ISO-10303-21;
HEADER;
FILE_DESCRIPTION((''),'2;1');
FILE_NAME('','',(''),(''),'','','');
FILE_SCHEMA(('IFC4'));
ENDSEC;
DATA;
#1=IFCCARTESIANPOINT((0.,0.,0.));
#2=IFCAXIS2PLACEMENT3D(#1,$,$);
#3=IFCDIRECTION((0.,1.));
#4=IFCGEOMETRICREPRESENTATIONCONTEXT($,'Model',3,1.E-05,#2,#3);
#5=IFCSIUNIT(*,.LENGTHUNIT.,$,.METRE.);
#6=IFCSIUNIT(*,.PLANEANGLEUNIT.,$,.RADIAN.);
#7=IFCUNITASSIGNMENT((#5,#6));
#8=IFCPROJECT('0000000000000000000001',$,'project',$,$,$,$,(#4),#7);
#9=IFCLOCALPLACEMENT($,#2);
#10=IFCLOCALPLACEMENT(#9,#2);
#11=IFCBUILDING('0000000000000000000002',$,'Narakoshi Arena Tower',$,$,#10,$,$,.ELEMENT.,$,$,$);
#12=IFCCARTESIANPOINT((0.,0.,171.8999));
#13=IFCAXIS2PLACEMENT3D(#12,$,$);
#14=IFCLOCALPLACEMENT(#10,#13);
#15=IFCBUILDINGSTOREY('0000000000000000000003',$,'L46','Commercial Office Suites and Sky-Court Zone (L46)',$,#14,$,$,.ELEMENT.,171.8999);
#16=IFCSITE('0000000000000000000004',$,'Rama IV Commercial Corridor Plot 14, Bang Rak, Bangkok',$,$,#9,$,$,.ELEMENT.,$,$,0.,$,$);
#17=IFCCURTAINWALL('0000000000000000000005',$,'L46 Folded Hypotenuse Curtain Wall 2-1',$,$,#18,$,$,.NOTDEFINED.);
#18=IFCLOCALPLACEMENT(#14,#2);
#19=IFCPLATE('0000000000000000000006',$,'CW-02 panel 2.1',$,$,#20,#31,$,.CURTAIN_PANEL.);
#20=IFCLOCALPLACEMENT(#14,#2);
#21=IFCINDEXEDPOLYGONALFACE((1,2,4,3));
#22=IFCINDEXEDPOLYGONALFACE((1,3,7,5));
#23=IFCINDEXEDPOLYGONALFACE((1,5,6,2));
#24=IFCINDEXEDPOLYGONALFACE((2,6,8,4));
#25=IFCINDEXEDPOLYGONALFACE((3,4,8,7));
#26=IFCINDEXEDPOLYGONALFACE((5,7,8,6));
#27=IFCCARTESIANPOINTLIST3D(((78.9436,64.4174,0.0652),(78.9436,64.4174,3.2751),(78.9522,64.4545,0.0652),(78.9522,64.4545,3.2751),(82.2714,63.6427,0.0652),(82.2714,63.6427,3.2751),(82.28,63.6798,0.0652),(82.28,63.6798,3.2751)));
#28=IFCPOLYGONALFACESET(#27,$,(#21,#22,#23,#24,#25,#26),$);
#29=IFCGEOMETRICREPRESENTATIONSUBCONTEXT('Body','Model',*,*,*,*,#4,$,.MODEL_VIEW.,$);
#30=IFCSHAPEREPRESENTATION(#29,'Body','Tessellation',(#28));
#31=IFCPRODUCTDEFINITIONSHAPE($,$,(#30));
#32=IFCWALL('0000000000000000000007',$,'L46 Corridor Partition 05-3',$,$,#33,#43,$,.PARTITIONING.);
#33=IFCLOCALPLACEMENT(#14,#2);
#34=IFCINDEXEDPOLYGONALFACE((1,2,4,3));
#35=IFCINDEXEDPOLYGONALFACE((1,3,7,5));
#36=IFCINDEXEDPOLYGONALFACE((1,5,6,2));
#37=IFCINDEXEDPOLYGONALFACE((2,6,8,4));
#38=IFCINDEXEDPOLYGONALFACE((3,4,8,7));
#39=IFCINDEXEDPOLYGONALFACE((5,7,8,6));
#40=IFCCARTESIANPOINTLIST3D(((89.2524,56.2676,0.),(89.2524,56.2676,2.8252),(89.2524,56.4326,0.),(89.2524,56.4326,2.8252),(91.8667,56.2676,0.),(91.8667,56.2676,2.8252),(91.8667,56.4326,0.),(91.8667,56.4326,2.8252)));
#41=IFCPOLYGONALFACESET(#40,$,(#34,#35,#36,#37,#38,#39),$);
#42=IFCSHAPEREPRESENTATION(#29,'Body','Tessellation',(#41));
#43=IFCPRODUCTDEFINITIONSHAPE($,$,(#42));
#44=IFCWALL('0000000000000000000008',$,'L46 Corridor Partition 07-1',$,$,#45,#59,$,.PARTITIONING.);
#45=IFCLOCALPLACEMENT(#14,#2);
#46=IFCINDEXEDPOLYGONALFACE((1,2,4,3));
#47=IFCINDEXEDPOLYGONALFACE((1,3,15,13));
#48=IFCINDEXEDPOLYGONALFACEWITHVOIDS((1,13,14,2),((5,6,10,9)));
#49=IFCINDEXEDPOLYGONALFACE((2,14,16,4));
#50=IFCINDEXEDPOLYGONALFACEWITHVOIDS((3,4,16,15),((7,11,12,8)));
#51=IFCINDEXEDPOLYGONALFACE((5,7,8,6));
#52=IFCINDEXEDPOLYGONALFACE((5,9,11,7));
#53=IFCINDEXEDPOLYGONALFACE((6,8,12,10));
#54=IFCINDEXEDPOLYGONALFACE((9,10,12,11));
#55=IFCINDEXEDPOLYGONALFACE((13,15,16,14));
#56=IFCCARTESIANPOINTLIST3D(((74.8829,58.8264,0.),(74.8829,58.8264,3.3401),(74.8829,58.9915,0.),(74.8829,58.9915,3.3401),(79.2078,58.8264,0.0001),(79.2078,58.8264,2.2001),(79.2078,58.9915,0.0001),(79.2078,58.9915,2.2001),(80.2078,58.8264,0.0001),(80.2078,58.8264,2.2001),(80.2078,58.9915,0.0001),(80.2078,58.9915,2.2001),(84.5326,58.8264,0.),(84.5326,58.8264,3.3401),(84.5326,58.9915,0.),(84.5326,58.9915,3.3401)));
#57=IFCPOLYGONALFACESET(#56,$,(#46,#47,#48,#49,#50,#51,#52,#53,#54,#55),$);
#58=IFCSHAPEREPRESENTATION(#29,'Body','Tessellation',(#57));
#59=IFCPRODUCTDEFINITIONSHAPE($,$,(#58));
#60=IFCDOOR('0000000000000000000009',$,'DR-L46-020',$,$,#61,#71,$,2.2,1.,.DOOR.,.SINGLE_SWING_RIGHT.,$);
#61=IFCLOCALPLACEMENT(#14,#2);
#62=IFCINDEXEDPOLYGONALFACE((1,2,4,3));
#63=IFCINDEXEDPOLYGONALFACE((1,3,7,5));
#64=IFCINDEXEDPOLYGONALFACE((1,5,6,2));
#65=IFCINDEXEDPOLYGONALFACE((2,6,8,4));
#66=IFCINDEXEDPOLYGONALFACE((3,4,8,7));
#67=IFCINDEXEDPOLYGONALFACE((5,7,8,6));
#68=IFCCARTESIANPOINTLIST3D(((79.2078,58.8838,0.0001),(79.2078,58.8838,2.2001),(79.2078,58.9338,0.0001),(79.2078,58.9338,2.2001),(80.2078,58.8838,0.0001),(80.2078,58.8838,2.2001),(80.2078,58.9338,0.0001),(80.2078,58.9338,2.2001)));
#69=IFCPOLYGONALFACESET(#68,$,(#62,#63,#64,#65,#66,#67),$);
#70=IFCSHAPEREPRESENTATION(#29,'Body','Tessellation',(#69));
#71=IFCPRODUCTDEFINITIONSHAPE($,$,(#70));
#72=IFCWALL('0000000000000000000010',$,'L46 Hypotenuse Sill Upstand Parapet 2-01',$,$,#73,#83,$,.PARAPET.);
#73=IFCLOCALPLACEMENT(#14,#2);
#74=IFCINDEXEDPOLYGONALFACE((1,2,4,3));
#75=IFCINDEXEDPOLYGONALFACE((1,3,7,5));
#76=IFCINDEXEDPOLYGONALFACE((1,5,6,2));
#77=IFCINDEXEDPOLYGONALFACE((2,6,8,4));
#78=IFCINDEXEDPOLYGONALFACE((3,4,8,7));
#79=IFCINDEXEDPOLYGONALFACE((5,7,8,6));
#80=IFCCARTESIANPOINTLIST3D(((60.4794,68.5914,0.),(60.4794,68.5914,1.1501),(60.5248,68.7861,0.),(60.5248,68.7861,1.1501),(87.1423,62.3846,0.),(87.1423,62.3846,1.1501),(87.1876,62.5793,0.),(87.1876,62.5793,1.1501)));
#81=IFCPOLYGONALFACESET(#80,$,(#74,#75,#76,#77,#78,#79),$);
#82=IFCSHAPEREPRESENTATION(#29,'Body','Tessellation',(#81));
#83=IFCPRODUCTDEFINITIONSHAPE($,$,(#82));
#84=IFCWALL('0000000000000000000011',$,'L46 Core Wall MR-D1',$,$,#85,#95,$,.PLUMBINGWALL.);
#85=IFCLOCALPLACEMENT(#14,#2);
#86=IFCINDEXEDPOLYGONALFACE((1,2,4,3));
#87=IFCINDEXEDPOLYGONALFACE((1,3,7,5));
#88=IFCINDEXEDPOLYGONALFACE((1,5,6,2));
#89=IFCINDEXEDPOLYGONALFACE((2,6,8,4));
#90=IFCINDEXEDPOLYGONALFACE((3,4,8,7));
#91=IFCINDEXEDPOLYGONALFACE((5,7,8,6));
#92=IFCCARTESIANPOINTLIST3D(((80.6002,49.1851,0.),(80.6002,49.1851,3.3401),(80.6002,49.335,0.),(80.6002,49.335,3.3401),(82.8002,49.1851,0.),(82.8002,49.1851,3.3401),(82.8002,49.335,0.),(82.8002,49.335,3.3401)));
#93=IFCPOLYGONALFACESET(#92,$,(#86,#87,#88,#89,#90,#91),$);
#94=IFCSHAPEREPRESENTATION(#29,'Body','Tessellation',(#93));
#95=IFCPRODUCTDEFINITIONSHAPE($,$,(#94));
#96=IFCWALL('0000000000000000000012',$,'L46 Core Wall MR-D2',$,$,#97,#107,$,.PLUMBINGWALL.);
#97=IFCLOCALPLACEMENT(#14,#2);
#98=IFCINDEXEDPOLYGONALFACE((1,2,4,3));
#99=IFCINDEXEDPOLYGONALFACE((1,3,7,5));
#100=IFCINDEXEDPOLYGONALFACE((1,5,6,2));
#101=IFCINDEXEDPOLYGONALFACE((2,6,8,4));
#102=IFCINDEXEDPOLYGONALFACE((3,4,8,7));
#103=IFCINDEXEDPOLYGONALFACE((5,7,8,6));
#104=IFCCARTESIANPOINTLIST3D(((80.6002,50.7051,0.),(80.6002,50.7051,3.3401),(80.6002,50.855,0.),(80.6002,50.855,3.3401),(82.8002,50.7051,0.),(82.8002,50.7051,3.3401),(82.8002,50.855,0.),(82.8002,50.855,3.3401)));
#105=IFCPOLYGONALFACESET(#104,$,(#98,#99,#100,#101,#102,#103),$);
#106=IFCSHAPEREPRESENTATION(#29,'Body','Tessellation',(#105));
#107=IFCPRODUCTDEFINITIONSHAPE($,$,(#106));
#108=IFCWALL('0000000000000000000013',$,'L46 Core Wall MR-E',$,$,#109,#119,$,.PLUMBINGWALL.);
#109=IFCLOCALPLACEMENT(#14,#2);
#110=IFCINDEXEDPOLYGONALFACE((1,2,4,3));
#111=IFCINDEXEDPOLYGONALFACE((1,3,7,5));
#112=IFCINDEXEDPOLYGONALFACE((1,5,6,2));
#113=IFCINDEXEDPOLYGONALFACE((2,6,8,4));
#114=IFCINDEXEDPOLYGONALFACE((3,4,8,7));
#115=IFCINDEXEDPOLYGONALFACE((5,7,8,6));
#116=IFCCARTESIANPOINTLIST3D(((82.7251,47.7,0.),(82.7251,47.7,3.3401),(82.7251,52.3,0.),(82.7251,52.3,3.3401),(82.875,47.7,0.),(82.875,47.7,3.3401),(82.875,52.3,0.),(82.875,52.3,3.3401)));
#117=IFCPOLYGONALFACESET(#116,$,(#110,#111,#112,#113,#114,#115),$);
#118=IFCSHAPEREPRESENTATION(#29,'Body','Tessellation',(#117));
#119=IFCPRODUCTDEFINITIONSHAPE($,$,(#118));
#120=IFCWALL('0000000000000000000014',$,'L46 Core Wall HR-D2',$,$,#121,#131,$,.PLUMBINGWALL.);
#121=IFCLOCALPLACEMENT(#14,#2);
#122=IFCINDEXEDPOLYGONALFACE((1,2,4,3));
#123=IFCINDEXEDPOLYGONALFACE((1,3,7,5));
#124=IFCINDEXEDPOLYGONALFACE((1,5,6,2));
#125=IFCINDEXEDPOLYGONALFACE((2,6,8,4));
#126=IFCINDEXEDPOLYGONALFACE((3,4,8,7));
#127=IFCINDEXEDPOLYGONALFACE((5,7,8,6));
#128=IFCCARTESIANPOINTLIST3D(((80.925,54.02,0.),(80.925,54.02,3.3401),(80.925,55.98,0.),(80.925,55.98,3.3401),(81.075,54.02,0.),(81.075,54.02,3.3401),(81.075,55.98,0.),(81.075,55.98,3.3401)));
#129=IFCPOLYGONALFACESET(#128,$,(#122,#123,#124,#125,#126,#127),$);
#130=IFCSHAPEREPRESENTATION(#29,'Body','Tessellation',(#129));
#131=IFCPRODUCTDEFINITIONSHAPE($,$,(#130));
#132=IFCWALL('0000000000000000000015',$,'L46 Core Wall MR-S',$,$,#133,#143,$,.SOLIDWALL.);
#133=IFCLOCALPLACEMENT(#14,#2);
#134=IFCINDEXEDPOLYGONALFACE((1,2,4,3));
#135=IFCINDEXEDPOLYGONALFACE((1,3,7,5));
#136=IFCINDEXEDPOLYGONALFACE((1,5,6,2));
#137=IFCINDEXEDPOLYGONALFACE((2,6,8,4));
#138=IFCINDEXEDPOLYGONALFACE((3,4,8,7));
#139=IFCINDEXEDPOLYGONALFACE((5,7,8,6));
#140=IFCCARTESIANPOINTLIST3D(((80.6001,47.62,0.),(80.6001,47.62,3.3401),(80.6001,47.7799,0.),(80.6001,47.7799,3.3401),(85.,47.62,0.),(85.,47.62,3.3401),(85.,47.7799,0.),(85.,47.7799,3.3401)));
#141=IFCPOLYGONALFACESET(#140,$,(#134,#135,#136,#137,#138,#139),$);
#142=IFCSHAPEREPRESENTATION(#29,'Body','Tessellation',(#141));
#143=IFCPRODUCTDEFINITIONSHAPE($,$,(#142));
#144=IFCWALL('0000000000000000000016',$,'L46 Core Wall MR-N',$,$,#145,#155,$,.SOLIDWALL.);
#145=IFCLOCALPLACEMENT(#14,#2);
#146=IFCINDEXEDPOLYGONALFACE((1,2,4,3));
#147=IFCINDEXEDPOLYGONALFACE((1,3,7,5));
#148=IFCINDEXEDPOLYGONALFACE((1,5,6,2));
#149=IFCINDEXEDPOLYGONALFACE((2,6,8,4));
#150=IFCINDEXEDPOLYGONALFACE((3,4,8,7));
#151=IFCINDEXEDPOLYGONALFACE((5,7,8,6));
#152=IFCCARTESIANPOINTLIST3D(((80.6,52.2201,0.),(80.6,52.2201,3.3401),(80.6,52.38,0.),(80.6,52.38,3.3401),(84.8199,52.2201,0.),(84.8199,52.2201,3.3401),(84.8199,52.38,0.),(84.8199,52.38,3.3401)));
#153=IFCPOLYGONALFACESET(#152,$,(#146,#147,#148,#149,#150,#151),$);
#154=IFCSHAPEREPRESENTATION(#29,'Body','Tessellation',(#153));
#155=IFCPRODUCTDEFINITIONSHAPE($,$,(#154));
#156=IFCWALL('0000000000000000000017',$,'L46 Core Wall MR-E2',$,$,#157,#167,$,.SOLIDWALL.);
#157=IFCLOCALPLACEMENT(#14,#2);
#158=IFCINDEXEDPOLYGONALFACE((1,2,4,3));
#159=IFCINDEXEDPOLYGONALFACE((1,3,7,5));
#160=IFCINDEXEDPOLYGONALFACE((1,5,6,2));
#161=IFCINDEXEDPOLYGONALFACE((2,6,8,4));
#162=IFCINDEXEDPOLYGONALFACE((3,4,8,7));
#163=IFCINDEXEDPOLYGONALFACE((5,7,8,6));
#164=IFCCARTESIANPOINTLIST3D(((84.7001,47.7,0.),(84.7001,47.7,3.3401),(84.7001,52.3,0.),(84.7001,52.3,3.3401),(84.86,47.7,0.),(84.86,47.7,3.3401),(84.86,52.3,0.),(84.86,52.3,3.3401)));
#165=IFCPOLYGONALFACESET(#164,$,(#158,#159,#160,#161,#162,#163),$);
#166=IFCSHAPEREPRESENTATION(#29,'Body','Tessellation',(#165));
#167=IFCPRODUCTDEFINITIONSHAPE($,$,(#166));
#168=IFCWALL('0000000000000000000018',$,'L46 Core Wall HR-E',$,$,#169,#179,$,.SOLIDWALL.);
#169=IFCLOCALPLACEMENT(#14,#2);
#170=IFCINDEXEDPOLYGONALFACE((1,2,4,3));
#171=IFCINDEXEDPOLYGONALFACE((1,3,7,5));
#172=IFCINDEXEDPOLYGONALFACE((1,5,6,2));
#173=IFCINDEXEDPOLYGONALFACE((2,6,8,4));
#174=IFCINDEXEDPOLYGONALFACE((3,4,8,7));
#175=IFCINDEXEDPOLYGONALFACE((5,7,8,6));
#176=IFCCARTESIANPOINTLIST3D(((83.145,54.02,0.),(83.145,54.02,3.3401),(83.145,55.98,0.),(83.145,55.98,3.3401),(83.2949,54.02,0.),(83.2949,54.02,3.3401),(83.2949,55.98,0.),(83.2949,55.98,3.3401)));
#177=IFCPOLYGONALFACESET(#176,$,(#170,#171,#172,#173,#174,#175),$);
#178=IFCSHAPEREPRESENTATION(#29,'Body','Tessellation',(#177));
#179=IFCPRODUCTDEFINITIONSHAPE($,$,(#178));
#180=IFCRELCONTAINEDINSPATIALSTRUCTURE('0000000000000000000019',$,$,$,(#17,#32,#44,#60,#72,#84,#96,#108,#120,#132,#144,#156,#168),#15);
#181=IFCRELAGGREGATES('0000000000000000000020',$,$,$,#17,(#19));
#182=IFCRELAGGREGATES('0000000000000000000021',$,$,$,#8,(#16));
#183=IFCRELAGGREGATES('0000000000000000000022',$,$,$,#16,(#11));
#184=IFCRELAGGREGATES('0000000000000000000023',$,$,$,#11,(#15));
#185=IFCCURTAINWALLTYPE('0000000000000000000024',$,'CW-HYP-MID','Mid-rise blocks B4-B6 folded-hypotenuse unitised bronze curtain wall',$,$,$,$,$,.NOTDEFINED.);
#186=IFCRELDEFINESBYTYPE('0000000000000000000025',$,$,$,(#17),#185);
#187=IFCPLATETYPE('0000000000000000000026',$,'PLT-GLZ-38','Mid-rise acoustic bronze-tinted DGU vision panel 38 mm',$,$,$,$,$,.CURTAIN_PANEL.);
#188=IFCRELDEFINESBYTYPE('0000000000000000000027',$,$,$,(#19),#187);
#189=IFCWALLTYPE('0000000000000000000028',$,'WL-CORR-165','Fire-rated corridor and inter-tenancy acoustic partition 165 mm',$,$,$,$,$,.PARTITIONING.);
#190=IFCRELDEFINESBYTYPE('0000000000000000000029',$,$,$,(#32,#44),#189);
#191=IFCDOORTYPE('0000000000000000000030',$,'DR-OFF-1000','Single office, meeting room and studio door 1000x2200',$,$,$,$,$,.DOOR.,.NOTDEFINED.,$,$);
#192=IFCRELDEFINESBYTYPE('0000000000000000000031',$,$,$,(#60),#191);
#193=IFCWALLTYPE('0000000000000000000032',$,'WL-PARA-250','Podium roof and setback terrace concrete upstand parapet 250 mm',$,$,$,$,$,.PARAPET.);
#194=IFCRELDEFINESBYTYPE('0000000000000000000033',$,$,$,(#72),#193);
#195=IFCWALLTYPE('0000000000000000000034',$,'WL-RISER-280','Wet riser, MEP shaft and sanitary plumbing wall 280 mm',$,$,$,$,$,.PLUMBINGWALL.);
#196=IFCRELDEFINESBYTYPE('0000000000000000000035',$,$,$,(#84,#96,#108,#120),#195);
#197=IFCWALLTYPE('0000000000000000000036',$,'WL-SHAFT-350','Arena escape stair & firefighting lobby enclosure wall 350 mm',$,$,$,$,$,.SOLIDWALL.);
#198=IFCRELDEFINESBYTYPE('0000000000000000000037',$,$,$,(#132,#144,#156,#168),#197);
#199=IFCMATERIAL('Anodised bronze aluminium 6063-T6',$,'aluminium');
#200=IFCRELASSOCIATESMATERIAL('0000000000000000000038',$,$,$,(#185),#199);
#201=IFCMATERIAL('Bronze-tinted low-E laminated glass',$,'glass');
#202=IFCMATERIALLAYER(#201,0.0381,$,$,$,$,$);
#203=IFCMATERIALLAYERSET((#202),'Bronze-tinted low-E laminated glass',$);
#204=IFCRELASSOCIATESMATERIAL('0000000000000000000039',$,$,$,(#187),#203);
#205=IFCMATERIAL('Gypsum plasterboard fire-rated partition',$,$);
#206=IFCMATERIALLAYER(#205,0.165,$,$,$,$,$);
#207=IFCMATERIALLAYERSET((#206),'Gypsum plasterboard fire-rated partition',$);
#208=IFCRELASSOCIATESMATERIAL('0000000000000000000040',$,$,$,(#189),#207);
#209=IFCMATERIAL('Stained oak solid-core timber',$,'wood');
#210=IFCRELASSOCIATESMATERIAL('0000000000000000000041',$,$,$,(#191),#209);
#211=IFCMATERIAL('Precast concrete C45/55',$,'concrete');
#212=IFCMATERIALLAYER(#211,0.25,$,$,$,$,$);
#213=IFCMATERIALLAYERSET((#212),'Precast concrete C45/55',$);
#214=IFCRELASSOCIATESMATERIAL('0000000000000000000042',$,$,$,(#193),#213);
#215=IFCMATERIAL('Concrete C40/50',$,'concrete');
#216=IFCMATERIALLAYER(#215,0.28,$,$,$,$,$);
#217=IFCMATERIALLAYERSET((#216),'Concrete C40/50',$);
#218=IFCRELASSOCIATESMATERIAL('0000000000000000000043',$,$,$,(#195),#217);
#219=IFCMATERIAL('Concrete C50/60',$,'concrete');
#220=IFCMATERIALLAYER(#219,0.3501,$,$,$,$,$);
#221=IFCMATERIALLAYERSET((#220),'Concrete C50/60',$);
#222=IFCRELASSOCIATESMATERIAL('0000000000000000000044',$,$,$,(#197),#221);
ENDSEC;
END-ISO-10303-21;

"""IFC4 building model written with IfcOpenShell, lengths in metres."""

from ifc_helpers import new_model, si_unit, direction, frame, frame_2d, origin, origin_2d, place, context, subcontext, project, spatial, rectangle, extrude, material, layer, layer_set, type_object, element, fill, aggregate, save


model = new_model("IFC4")

# Units and contexts
model_context = context("Model", 3, precision=1e-05, world=origin(), true_north=direction((0.0, 1.0)))
body_context = subcontext(model_context, "Body", "Model", "MODEL_VIEW")
ifc_project = project(units=[si_unit("LENGTHUNIT", "METRE"), si_unit("PLANEANGLEUNIT", "RADIAN")], contexts=[model_context])

# Site, building, storey
site_placement = place(None, origin())
site = spatial("IfcSite", under=ifc_project, at=site_placement, Name="Rama IV Commercial Corridor Plot 14, Bang Rak, Bangkok", CompositionType="ELEMENT", RefElevation=0.0)
building_placement = place(site_placement, origin())
building = spatial("IfcBuilding", under=site, at=building_placement, Name="Narakoshi Arena Tower", CompositionType="ELEMENT")
storey_placement = place(building_placement, frame((0.0, 0.0, 171.8999)))
storey = spatial("IfcBuildingStorey", under=building, at=storey_placement, Name="L46", Description="Commercial Office Suites and Sky-Court Zone (L46)", CompositionType="ELEMENT", Elevation=171.8999)

# Shared definitions
ifc_material_1 = material(Name="Concrete C50/60", Category="concrete")

# Shared definitions
ifc_material_2 = material(Name="Anodised bronze aluminium 6063-T6", Category="aluminium")
curtain_wall_type = type_object("IfcCurtainWallType", Name="CW-HYP-MID", Description="Mid-rise blocks B4-B6 folded-hypotenuse unitised bronze curtain wall", PredefinedType="NOTDEFINED", material=ifc_material_2)

# Curtain wall, plate
curtain_wall_1_placement = place(storey_placement, origin())
curtain_wall_1 = element("IfcCurtainWall", 1, at=curtain_wall_1_placement, inside=storey, type_object=curtain_wall_type, Name="L46 Folded Hypotenuse Curtain Wall 2-1", PredefinedType="NOTDEFINED")
ifc_material_3 = material(Name="Bronze-tinted low-E laminated glass", Category="glass")
ifc_layer_1 = layer(ifc_material_3, 0.0381)
ifc_layer_set_1 = layer_set([ifc_layer_1], Name="Bronze-tinted low-E laminated glass")
plate_type = type_object("IfcPlateType", Name="PLT-GLZ-38", Description="Mid-rise acoustic bronze-tinted DGU vision panel 38 mm", PredefinedType="CURTAIN_PANEL", material=ifc_layer_set_1)
plate_1_placement = place(storey_placement, frame((80.6118, 64.0486, 0.0652), z_axis=(0.0, 0.0, 1.0), x_axis=(-0.97396, 0.226721, 0.0)))
plate_1 = element("IfcPlate", 2, at=plate_1_placement, type_object=plate_type, Name="CW-02 panel 2.1", PredefinedType="CURTAIN_PANEL", context=body_context, shape_type="SweptSolid", body=[
    extrude(rectangle(XDim=3.4167, YDim=0.0381, at=origin_2d()), origin(), (0.0, 0.0, 1.0), 3.21),
])
aggregate(curtain_wall_1, [plate_1])

# Wall
ifc_material_4 = material(Name="Gypsum plasterboard fire-rated partition")
ifc_layer_2 = layer(ifc_material_4, 0.165)
ifc_layer_set_2 = layer_set([ifc_layer_2], Name="Gypsum plasterboard fire-rated partition")
wall_type_1 = type_object("IfcWallType", Name="WL-CORR-165", Description="Fire-rated corridor and inter-tenancy acoustic partition 165 mm", PredefinedType="PARTITIONING", material=ifc_layer_set_2)
wall_1_placement = place(storey_placement, frame((89.2524, 56.3501, 0.0), z_axis=(0.0, 0.0, 1.0), x_axis=(1.0, 0.0, 0.0)))
element("IfcWall", 3, at=wall_1_placement, inside=storey, type_object=wall_type_1, Name="L46 Corridor Partition 05-3", PredefinedType="PARTITIONING", context=body_context, shape_type="SweptSolid", body=[
    extrude(rectangle(XDim=2.6143, YDim=0.165, at=frame_2d((1.3071, 0.0))), origin(), (0.0, 0.0, 1.0), 2.8252),
])

# Wall, opening, door
wall_2_placement = place(storey_placement, frame((84.5325, 58.9089, 0.0), z_axis=(0.0, 0.0, 1.0), x_axis=(-1.0, 0.0, 0.0)))
wall_2 = element("IfcWall", 4, at=wall_2_placement, inside=storey, type_object=wall_type_1, Name="L46 Corridor Partition 07-1", PredefinedType="PARTITIONING", context=body_context, shape_type="SweptSolid", body=[
    extrude(rectangle(XDim=9.6497, YDim=0.165, at=frame_2d((4.8247, 0.0))), origin(), (0.0, 0.0, 1.0), 3.3401),
])
opening_1_placement = place(wall_2_placement, frame((4.3247, 0.0, 0.0)))
opening_1 = element("IfcOpeningElement", 5, at=opening_1_placement, cuts=wall_2, PredefinedType="OPENING", context=body_context, shape_type="SweptSolid", body=[
    extrude(rectangle(XDim=1.0, YDim=2.2, at=frame_2d((0.5, 1.1001))), frame((0.0, 0.0925, 0.0), z_axis=(0.0, -1.0, 0.0), x_axis=(1.0, 0.0, 0.0)), (0.0, 0.0, 1.0), 0.1851),
])
ifc_material_5 = material(Name="Stained oak solid-core timber", Category="wood")
door_type_1 = type_object("IfcDoorType", Name="DR-OFF-1000", Description="Single office, meeting room and studio door 1000x2200", OperationType="NOTDEFINED", PredefinedType="DOOR", material=ifc_material_5)
door_1_placement = place(opening_1_placement, frame((1.0, 0.0, 0.0), z_axis=(0.0, 0.0, 1.0), x_axis=(-1.0, 0.0, 0.0)))
door_1 = element("IfcDoor", 6, at=door_1_placement, inside=storey, type_object=door_type_1, Name="DR-L46-020", OperationType="SINGLE_SWING_RIGHT", OverallHeight=2.2, OverallWidth=1.0, PredefinedType="DOOR", context=body_context, shape_type="SweptSolid", body=[
    extrude(rectangle(XDim=1.0, YDim=2.2, at=frame_2d((0.5, 1.1001))), frame((0.0, 0.0249, 0.0), z_axis=(0.0, -1.0, 0.0), x_axis=(1.0, 0.0, 0.0)), (0.0, 0.0, 1.0), 0.05),
])
fill(opening_1, door_1)

# Walls
ifc_material_6 = material(Name="Precast concrete C45/55", Category="concrete")
ifc_layer_3 = layer(ifc_material_6, 0.25)
ifc_layer_set_3 = layer_set([ifc_layer_3], Name="Precast concrete C45/55")
wall_type_2 = type_object("IfcWallType", Name="WL-PARA-250", Description="Podium roof and setback terrace concrete upstand parapet 250 mm", PredefinedType="PARAPET", material=ifc_layer_set_3)
wall_3_placement = place(storey_placement, frame((87.165, 62.4819, 0.0), z_axis=(0.0, 0.0, 1.0), x_axis=(-0.973959, 0.226726, 0.0)))
element("IfcWall", 7, at=wall_3_placement, inside=storey, type_object=wall_type_2, Name="L46 Hypotenuse Sill Upstand Parapet 2-01", PredefinedType="PARAPET", context=body_context, shape_type="SweptSolid", body=[
    extrude(rectangle(XDim=27.3757, YDim=0.2, at=frame_2d((13.688, 0.0))), origin(), (0.0, 0.0, 1.0), 1.1501),
])
ifc_material_7 = material(Name="Concrete C40/50", Category="concrete")
ifc_layer_4 = layer(ifc_material_7, 0.28)
ifc_layer_set_4 = layer_set([ifc_layer_4], Name="Concrete C40/50")
wall_type_3 = type_object("IfcWallType", Name="WL-RISER-280", Description="Wet riser, MEP shaft and sanitary plumbing wall 280 mm", PredefinedType="PLUMBINGWALL", material=ifc_layer_set_4)
for number, where, z_axis, x_axis, name in (
    (8, (80.6001, 49.26, 0.0), (0.0, 0.0, 1.0), (1.0, 0.0, 0.0), "L46 Core Wall MR-D1"),
    (9, (80.6001, 50.78, 0.0), (0.0, 0.0, 1.0), (1.0, 0.0, 0.0), "L46 Core Wall MR-D2"),
):
    element("IfcWall", number, at=place(storey_placement, frame(where, z_axis=z_axis, x_axis=x_axis)), inside=storey, type_object=wall_type_3, Name=name, PredefinedType="PLUMBINGWALL", context=body_context, shape_type="SweptSolid", body=[
        extrude(rectangle(XDim=2.2, YDim=0.1499, at=frame_2d((1.1001, 0.0))), origin(), (0.0, 0.0, 1.0), 3.3401),
    ])
wall_4_placement = place(storey_placement, frame((82.8, 47.7, 0.0), z_axis=(0.0, 0.0, 1.0), x_axis=(0.0, 1.0, 0.0)))
element("IfcWall", 10, at=wall_4_placement, inside=storey, type_object=wall_type_3, Name="L46 Core Wall MR-E", PredefinedType="PLUMBINGWALL", context=body_context, shape_type="SweptSolid", body=[
    extrude(rectangle(XDim=4.6001, YDim=0.1499, at=frame_2d((2.3, 0.0))), origin(), (0.0, 0.0, 1.0), 3.3401),
])
wall_5_placement = place(storey_placement, frame((81.0, 54.02, 0.0), z_axis=(0.0, 0.0, 1.0), x_axis=(0.0, 1.0, 0.0)))
element("IfcWall", 11, at=wall_5_placement, inside=storey, type_object=wall_type_3, Name="L46 Core Wall HR-D2", PredefinedType="PLUMBINGWALL", context=body_context, shape_type="SweptSolid", body=[
    extrude(rectangle(XDim=1.96, YDim=0.1499, at=frame_2d((0.98, 0.0))), origin(), (0.0, 0.0, 1.0), 3.3401),
])
ifc_layer_5 = layer(ifc_material_1, 0.3501)
ifc_layer_set_5 = layer_set([ifc_layer_5], Name="Concrete C50/60")
wall_type_4 = type_object("IfcWallType", Name="WL-SHAFT-350", Description="Arena escape stair & firefighting lobby enclosure wall 350 mm", PredefinedType="SOLIDWALL", material=ifc_layer_set_5)
wall_6_placement = place(storey_placement, frame((80.6001, 47.7, 0.0), z_axis=(0.0, 0.0, 1.0), x_axis=(1.0, 0.0, 0.0)))
element("IfcWall", 12, at=wall_6_placement, inside=storey, type_object=wall_type_4, Name="L46 Core Wall MR-S", PredefinedType="SOLIDWALL", context=body_context, shape_type="SweptSolid", body=[
    extrude(rectangle(XDim=4.3999, YDim=0.1599, at=frame_2d((2.2, 0.0))), origin(), (0.0, 0.0, 1.0), 3.3401),
])
wall_7_placement = place(storey_placement, frame((80.6001, 52.3, 0.0), z_axis=(0.0, 0.0, 1.0), x_axis=(1.0, 0.0, 0.0)))
element("IfcWall", 13, at=wall_7_placement, inside=storey, type_object=wall_type_4, Name="L46 Core Wall MR-N", PredefinedType="SOLIDWALL", context=body_context, shape_type="SweptSolid", body=[
    extrude(rectangle(XDim=4.22, YDim=0.1599, at=frame_2d((2.1099, 0.0))), origin(), (0.0, 0.0, 1.0), 3.3401),
])
wall_8_placement = place(storey_placement, frame((84.78, 47.7, 0.0), z_axis=(0.0, 0.0, 1.0), x_axis=(0.0, 1.0, 0.0)))
element("IfcWall", 14, at=wall_8_placement, inside=storey, type_object=wall_type_4, Name="L46 Core Wall MR-E2", PredefinedType="SOLIDWALL", context=body_context, shape_type="SweptSolid", body=[
    extrude(rectangle(XDim=4.6001, YDim=0.1599, at=frame_2d((2.3, 0.0))), origin(), (0.0, 0.0, 1.0), 3.3401),
])
wall_9_placement = place(storey_placement, frame((83.22, 54.02, 0.0), z_axis=(0.0, 0.0, 1.0), x_axis=(0.0, 1.0, 0.0)))
element("IfcWall", 15, at=wall_9_placement, inside=storey, type_object=wall_type_4, Name="L46 Core Wall HR-E", PredefinedType="SOLIDWALL", context=body_context, shape_type="SweptSolid", body=[
    extrude(rectangle(XDim=1.96, YDim=0.1499, at=frame_2d((0.98, 0.0))), origin(), (0.0, 0.0, 1.0), 3.3401),
])

save(model, "model.ifc")
